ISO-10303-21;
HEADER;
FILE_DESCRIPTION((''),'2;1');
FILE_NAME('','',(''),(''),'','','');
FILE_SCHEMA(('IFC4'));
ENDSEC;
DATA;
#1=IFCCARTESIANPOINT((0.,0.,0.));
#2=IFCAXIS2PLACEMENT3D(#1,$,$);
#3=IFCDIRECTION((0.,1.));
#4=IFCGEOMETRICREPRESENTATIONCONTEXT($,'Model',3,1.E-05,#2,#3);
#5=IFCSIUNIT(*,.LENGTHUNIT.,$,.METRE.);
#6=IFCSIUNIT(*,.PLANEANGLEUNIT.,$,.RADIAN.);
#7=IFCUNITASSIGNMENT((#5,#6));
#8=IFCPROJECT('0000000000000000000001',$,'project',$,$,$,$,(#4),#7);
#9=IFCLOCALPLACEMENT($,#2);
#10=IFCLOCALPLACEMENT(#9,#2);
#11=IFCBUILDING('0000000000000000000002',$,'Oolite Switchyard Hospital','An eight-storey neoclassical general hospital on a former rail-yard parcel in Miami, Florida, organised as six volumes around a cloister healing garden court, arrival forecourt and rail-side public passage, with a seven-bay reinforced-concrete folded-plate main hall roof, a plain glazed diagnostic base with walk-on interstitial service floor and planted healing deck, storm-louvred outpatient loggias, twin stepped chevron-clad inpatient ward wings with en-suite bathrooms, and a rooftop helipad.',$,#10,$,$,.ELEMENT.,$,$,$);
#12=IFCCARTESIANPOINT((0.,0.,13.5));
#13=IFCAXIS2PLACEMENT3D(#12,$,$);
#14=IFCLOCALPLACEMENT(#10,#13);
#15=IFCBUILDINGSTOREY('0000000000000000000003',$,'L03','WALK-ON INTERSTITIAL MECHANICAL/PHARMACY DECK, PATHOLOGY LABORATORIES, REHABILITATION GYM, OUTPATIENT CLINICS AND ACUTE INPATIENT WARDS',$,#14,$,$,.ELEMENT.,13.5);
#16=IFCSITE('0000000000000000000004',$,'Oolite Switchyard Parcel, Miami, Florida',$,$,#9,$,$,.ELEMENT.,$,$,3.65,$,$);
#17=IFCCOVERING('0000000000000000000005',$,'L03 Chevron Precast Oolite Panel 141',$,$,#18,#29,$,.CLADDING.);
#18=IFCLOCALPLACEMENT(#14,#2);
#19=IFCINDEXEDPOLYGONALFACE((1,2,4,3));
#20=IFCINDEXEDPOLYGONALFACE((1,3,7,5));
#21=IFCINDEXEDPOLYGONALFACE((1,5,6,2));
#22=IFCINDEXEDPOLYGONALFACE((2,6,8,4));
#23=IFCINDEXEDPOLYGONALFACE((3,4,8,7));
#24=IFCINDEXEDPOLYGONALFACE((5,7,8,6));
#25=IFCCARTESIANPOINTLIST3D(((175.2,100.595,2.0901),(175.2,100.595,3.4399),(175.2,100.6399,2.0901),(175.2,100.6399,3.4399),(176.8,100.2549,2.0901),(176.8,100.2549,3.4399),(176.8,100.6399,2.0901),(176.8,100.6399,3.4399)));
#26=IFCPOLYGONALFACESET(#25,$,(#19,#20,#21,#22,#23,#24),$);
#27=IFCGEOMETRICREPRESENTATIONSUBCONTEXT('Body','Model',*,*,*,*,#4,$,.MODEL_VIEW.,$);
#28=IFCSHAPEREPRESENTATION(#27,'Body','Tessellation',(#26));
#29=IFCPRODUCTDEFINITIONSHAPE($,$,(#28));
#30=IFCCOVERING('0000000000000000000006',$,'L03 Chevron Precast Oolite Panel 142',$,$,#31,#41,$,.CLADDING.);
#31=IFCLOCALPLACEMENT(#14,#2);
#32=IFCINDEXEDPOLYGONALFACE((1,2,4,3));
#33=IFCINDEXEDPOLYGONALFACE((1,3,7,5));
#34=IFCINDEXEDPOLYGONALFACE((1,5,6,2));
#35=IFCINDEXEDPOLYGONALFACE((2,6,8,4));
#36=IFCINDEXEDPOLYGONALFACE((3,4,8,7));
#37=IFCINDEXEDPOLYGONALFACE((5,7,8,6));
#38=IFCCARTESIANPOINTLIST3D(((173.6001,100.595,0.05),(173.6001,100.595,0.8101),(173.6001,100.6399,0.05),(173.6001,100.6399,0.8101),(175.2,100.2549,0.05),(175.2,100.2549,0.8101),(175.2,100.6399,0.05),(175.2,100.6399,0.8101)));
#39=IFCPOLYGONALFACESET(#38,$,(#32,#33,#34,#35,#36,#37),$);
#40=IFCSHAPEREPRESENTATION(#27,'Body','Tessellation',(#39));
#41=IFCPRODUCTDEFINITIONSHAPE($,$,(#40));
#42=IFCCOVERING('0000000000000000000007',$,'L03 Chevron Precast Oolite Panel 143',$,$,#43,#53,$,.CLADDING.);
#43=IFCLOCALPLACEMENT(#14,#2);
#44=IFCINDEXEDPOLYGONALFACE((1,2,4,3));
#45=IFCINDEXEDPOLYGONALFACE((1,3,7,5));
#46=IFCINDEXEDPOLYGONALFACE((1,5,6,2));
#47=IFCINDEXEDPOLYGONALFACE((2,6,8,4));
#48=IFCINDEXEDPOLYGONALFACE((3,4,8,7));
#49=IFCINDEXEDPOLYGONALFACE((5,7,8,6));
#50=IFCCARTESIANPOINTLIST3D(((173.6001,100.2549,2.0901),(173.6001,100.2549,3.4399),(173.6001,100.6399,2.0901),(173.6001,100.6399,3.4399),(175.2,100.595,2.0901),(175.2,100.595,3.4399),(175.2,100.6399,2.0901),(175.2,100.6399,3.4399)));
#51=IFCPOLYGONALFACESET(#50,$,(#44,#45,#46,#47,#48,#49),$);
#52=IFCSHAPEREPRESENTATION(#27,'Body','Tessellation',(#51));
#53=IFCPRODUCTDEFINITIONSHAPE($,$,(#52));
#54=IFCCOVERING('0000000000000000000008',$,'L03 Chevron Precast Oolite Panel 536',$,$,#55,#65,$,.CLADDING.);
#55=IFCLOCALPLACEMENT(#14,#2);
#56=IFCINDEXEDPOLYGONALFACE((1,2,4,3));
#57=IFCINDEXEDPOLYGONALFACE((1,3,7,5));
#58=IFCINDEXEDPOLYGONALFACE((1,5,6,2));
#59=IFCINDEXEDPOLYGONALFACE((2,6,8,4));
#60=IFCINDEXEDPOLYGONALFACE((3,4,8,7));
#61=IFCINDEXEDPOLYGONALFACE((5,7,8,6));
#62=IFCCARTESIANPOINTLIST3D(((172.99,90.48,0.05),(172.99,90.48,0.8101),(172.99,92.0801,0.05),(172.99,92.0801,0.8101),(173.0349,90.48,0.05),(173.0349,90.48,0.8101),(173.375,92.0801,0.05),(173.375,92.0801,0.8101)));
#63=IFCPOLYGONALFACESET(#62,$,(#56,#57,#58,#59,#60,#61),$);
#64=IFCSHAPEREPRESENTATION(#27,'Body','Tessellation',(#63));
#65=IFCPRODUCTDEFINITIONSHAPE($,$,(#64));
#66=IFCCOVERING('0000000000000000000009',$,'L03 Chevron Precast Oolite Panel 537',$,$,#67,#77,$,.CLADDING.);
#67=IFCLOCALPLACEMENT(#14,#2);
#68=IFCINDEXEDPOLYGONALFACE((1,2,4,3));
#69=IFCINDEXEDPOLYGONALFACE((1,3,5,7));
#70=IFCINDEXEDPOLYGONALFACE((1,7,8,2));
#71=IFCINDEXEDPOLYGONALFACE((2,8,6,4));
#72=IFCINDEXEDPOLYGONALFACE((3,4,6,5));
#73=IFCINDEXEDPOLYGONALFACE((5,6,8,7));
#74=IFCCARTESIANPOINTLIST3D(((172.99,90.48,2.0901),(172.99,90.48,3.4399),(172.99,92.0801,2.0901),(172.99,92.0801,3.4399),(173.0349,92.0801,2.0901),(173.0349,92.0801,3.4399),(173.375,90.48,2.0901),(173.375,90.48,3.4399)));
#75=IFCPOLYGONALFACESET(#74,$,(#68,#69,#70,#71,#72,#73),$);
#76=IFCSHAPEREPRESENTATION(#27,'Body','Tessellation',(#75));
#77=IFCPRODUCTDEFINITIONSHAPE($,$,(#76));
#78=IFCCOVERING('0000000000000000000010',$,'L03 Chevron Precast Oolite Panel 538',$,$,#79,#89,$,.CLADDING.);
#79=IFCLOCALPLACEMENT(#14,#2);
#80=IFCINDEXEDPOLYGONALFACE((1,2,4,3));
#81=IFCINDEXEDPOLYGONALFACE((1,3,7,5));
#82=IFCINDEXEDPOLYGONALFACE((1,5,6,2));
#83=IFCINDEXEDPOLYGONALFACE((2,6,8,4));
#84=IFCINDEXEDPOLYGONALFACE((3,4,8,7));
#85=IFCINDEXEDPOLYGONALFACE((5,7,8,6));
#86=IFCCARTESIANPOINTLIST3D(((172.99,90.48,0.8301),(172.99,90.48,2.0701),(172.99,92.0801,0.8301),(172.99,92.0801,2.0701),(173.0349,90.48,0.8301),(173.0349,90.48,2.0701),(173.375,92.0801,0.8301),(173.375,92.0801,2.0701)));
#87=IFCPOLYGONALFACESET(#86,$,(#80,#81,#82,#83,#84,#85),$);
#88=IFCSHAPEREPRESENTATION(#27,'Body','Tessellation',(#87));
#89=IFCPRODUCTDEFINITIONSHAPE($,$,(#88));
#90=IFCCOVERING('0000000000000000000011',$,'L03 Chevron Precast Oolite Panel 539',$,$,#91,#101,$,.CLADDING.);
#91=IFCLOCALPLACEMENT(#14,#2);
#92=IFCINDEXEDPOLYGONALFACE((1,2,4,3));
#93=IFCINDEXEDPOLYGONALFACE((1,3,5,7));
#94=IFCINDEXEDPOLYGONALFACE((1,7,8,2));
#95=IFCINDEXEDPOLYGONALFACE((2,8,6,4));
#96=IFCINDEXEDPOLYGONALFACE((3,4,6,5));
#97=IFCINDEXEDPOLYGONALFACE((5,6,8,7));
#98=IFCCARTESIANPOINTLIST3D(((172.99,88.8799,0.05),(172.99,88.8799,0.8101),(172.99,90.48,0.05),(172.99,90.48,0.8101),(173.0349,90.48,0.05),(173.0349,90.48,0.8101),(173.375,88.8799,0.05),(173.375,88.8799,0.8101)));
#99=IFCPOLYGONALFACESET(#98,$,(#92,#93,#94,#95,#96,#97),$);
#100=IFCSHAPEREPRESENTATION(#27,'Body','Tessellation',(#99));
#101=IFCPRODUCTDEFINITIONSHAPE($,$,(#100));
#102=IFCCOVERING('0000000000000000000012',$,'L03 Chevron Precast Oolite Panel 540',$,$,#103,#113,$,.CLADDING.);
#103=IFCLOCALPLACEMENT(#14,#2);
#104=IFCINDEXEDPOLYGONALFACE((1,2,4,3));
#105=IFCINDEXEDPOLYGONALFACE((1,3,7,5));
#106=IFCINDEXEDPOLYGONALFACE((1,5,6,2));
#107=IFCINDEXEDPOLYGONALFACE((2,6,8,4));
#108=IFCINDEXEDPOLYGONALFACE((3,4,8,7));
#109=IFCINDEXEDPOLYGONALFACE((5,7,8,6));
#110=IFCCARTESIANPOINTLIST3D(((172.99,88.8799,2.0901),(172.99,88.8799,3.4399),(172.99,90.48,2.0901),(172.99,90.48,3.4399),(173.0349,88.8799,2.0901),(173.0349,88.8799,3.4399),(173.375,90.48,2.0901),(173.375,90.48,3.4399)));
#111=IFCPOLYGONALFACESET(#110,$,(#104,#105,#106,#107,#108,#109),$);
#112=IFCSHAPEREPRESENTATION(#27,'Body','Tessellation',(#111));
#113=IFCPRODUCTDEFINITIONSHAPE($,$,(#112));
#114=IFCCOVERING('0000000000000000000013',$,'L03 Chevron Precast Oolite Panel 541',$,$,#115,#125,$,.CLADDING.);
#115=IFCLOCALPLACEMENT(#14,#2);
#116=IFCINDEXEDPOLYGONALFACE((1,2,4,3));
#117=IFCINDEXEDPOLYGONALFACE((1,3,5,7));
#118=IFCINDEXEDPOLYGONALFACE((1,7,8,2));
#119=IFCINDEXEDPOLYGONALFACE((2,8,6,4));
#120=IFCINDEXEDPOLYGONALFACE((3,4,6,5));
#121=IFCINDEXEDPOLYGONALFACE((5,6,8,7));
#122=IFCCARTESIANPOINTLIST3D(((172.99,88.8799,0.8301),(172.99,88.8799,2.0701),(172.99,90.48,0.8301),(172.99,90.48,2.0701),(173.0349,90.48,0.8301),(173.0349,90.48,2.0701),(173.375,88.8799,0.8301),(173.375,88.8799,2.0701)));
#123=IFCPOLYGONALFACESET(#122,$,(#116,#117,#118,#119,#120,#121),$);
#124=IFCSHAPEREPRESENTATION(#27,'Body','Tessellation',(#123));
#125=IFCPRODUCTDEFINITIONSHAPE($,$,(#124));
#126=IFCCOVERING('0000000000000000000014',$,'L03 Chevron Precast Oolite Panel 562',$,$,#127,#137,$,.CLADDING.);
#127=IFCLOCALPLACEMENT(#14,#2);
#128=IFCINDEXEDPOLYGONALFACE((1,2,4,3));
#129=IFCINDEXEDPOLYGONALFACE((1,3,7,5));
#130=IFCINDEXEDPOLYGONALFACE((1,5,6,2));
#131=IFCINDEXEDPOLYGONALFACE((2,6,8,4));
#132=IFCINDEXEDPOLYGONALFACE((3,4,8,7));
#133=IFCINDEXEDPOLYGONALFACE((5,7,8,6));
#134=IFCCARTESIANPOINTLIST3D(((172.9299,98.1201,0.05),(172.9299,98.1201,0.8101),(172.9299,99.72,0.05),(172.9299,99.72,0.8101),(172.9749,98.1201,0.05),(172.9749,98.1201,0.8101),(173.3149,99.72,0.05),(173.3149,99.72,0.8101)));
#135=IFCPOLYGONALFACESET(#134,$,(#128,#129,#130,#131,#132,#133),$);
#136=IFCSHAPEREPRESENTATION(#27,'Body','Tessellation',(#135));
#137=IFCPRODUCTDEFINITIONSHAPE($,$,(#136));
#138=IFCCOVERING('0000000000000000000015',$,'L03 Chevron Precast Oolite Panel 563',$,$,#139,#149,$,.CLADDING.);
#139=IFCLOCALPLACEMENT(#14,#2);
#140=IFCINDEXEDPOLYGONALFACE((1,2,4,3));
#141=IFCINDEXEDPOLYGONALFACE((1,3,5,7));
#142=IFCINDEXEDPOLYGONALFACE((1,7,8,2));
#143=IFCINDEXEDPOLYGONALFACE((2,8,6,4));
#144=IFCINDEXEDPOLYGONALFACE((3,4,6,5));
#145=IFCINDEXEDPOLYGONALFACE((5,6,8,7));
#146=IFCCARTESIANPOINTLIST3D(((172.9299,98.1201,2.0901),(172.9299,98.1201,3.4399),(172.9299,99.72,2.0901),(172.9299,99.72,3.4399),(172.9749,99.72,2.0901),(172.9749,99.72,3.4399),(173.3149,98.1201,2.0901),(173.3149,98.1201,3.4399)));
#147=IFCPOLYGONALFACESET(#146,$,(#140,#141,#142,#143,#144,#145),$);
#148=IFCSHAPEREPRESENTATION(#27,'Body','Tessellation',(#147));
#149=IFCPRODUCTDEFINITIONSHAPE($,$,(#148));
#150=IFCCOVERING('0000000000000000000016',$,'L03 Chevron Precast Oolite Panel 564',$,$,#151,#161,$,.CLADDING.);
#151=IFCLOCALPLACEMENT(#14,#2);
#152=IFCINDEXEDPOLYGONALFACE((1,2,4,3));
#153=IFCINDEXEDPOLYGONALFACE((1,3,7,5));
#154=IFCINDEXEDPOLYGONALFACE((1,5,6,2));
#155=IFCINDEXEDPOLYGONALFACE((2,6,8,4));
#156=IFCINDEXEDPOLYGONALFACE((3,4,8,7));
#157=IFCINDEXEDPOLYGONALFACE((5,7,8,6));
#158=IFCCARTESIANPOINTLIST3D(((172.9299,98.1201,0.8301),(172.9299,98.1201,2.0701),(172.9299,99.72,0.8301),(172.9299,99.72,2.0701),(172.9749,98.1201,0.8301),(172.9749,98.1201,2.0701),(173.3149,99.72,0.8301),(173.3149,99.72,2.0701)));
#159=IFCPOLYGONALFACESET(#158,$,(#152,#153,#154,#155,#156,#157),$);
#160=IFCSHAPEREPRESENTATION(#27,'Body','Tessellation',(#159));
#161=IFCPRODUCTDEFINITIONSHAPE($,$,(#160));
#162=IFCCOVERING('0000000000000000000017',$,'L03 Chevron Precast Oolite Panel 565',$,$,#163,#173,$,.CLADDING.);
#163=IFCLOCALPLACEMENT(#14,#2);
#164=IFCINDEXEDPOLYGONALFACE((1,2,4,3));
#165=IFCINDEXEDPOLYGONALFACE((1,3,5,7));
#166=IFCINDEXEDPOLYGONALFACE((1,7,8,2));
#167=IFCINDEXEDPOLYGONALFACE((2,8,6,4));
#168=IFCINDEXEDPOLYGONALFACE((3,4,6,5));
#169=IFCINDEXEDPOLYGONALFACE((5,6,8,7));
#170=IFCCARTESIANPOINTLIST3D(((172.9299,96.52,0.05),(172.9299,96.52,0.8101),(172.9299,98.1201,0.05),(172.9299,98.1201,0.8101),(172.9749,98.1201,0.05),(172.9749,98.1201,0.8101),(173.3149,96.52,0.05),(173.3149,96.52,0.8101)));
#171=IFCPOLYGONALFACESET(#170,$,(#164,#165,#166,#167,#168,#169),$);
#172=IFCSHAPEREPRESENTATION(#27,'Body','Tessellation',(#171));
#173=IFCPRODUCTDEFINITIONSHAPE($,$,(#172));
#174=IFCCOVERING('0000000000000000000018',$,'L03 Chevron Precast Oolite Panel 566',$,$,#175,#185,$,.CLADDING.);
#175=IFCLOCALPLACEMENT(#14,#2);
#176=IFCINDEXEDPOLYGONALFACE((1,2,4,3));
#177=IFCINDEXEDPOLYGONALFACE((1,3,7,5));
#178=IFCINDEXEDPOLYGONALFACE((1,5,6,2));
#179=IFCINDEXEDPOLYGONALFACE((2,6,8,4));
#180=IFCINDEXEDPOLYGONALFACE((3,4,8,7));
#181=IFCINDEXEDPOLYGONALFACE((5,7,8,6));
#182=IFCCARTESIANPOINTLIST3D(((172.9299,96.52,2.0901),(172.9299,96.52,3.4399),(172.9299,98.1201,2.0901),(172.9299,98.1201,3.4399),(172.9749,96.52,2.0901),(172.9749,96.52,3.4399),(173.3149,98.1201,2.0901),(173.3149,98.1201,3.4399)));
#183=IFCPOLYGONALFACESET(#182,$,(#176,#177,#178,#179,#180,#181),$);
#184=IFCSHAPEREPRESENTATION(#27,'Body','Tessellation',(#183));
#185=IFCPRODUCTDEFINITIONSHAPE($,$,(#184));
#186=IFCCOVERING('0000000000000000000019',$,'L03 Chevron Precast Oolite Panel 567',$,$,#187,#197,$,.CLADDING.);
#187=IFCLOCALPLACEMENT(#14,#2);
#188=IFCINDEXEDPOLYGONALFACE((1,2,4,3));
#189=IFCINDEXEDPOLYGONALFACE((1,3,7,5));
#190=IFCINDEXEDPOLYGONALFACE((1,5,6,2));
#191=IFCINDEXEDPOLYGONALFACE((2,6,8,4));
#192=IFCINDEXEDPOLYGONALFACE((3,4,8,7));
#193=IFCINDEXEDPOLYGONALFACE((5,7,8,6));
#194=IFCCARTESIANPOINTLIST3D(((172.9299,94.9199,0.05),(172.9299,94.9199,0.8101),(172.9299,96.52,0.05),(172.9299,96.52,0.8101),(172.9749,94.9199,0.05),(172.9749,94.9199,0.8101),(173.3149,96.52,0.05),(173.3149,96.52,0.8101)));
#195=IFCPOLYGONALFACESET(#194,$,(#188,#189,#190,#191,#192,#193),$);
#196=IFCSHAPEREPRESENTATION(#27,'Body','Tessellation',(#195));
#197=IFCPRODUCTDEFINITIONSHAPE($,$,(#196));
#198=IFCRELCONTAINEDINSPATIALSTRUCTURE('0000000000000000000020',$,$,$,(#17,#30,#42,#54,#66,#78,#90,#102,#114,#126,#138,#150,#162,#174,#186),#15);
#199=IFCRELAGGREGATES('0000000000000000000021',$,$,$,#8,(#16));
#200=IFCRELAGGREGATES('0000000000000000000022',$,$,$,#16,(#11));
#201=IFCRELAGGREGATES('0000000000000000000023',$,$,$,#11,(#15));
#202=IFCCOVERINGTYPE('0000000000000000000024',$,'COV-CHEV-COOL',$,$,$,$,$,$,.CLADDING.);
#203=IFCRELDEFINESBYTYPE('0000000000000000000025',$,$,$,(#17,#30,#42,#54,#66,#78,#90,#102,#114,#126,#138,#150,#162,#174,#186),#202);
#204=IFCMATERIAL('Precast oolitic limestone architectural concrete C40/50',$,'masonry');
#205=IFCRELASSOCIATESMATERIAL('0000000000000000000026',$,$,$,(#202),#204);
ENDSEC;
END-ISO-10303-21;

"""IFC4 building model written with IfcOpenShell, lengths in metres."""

from ifc_helpers import new_model, si_unit, direction, frame, origin, place, context, subcontext, project, spatial, polyline, outline, extrude, material, type_object, element, save


model = new_model("IFC4")

# Units and contexts
model_context = context("Model", 3, precision=1e-05, world=origin(), true_north=direction((0.0, 1.0)))
body_context = subcontext(model_context, "Body", "Model", "MODEL_VIEW")
ifc_project = project(units=[si_unit("LENGTHUNIT", "METRE"), si_unit("PLANEANGLEUNIT", "RADIAN")], contexts=[model_context])

# Site, building, storey
site_placement = place(None, origin())
site = spatial("IfcSite", under=ifc_project, at=site_placement, Name="Oolite Switchyard Parcel, Miami, Florida", CompositionType="ELEMENT", RefElevation=3.65)
building_placement = place(site_placement, origin())
building = spatial("IfcBuilding", under=site, at=building_placement, Name="Oolite Switchyard Hospital", Description="An eight-storey neoclassical general hospital on a former rail-yard parcel in Miami, Florida, organised as six volumes around a cloister healing garden court, arrival forecourt and rail-side public passage, with a seven-bay reinforced-concrete folded-plate main hall roof, a plain glazed diagnostic base with walk-on interstitial service floor and planted healing deck, storm-louvred outpatient loggias, twin stepped chevron-clad inpatient ward wings with en-suite bathrooms, and a rooftop helipad.", CompositionType="ELEMENT")
storey_placement = place(building_placement, frame((0.0, 0.0, 13.5)))
storey = spatial("IfcBuildingStorey", under=building, at=storey_placement, Name="L03", Description="WALK-ON INTERSTITIAL MECHANICAL/PHARMACY DECK, PATHOLOGY LABORATORIES, REHABILITATION GYM, OUTPATIENT CLINICS AND ACUTE INPATIENT WARDS", CompositionType="ELEMENT", Elevation=13.5)

# Shared definitions
ifc_material_1 = material(Name="Precast oolitic limestone architectural concrete C40/50", Category="masonry")

# Coverings
covering_type = type_object("IfcCoveringType", Name="COV-CHEV-COOL", PredefinedType="CLADDING", material=ifc_material_1)
covering_1_placement = place(storey_placement, frame((176.8, 100.6399, 2.0901), z_axis=(0.0, 0.0, 1.0), x_axis=(-1.0, 0.0, 0.0)))
element("IfcCovering", 1, at=covering_1_placement, inside=storey, type_object=covering_type, Name="L03 Chevron Precast Oolite Panel 141", PredefinedType="CLADDING", context=body_context, shape_type="SweptSolid", body=[
    extrude(outline(polyline([(0.0, 0.0), (1.6001, 0.0), (1.6001, 0.0449), (0.0, 0.385), (0.0, 0.0)])), origin(), (0.0, 0.0, 1.0), 1.3499),
])
covering_2_placement = place(storey_placement, frame((175.2, 100.6399, 0.05), z_axis=(0.0, 0.0, 1.0), x_axis=(-1.0, 0.0, 0.0)))
element("IfcCovering", 2, at=covering_2_placement, inside=storey, type_object=covering_type, Name="L03 Chevron Precast Oolite Panel 142", PredefinedType="CLADDING", context=body_context, shape_type="SweptSolid", body=[
    extrude(outline(polyline([(0.0, 0.0), (1.5999, 0.0), (1.5999, 0.0449), (0.0, 0.385), (0.0, 0.0)])), origin(), (0.0, 0.0, 1.0), 0.76),
])
covering_3_placement = place(storey_placement, frame((175.2, 100.6399, 2.0901), z_axis=(0.0, 0.0, 1.0), x_axis=(-1.0, 0.0, 0.0)))
element("IfcCovering", 3, at=covering_3_placement, inside=storey, type_object=covering_type, Name="L03 Chevron Precast Oolite Panel 143", PredefinedType="CLADDING", context=body_context, shape_type="SweptSolid", body=[
    extrude(outline(polyline([(0.0, 0.0), (1.5999, 0.0), (1.5999, 0.385), (0.0, 0.0449), (0.0, 0.0)])), origin(), (0.0, 0.0, 1.0), 1.3499),
])
covering_4_placement = place(storey_placement, frame((172.99, 92.0801, 0.05), z_axis=(0.0, 0.0, 1.0), x_axis=(0.0, -1.0, 0.0)))
element("IfcCovering", 4, at=covering_4_placement, inside=storey, type_object=covering_type, Name="L03 Chevron Precast Oolite Panel 536", PredefinedType="CLADDING", context=body_context, shape_type="SweptSolid", body=[
    extrude(outline(polyline([(0.0, 0.0), (1.6001, 0.0), (1.6001, 0.0449), (0.0, 0.385), (0.0, 0.0)])), origin(), (0.0, 0.0, 1.0), 0.76),
])
covering_5_placement = place(storey_placement, frame((172.99, 92.0801, 2.0901), z_axis=(0.0, 0.0, 1.0), x_axis=(0.0, -1.0, 0.0)))
element("IfcCovering", 5, at=covering_5_placement, inside=storey, type_object=covering_type, Name="L03 Chevron Precast Oolite Panel 537", PredefinedType="CLADDING", context=body_context, shape_type="SweptSolid", body=[
    extrude(outline(polyline([(0.0, 0.0), (1.6001, 0.0), (1.6001, 0.385), (0.0, 0.0449), (0.0, 0.0)])), origin(), (0.0, 0.0, 1.0), 1.3499),
])
covering_6_placement = place(storey_placement, frame((172.99, 92.0801, 0.8301), z_axis=(0.0, 0.0, 1.0), x_axis=(0.0, -1.0, 0.0)))
element("IfcCovering", 6, at=covering_6_placement, inside=storey, type_object=covering_type, Name="L03 Chevron Precast Oolite Panel 538", PredefinedType="CLADDING", context=body_context, shape_type="SweptSolid", body=[
    extrude(outline(polyline([(0.0, 0.0), (1.6001, 0.0), (1.6001, 0.0449), (0.0, 0.385), (0.0, 0.0)])), origin(), (0.0, 0.0, 1.0), 1.24),
])
covering_7_placement = place(storey_placement, frame((172.99, 90.48, 0.05), z_axis=(0.0, 0.0, 1.0), x_axis=(0.0, -1.0, 0.0)))
element("IfcCovering", 7, at=covering_7_placement, inside=storey, type_object=covering_type, Name="L03 Chevron Precast Oolite Panel 539", PredefinedType="CLADDING", context=body_context, shape_type="SweptSolid", body=[
    extrude(outline(polyline([(0.0, 0.0), (1.6001, 0.0), (1.6001, 0.385), (0.0, 0.0449), (0.0, 0.0)])), origin(), (0.0, 0.0, 1.0), 0.76),
])
covering_8_placement = place(storey_placement, frame((172.99, 90.48, 2.0901), z_axis=(0.0, 0.0, 1.0), x_axis=(0.0, -1.0, 0.0)))
element("IfcCovering", 8, at=covering_8_placement, inside=storey, type_object=covering_type, Name="L03 Chevron Precast Oolite Panel 540", PredefinedType="CLADDING", context=body_context, shape_type="SweptSolid", body=[
    extrude(outline(polyline([(0.0, 0.0), (1.6001, 0.0), (1.6001, 0.0449), (0.0, 0.385), (0.0, 0.0)])), origin(), (0.0, 0.0, 1.0), 1.3499),
])
covering_9_placement = place(storey_placement, frame((172.99, 90.48, 0.8301), z_axis=(0.0, 0.0, 1.0), x_axis=(0.0, -1.0, 0.0)))
element("IfcCovering", 9, at=covering_9_placement, inside=storey, type_object=covering_type, Name="L03 Chevron Precast Oolite Panel 541", PredefinedType="CLADDING", context=body_context, shape_type="SweptSolid", body=[
    extrude(outline(polyline([(0.0, 0.0), (1.6001, 0.0), (1.6001, 0.385), (0.0, 0.0449), (0.0, 0.0)])), origin(), (0.0, 0.0, 1.0), 1.24),
])
covering_10_placement = place(storey_placement, frame((172.9299, 99.72, 0.05), z_axis=(0.0, 0.0, 1.0), x_axis=(0.0, -1.0, 0.0)))
element("IfcCovering", 10, at=covering_10_placement, inside=storey, type_object=covering_type, Name="L03 Chevron Precast Oolite Panel 562", PredefinedType="CLADDING", context=body_context, shape_type="SweptSolid", body=[
    extrude(outline(polyline([(0.0, 0.0), (1.5999, 0.0), (1.5999, 0.0449), (0.0, 0.385), (0.0, 0.0)])), origin(), (0.0, 0.0, 1.0), 0.76),
])
covering_11_placement = place(storey_placement, frame((172.9299, 99.72, 2.0901), z_axis=(0.0, 0.0, 1.0), x_axis=(0.0, -1.0, 0.0)))
element("IfcCovering", 11, at=covering_11_placement, inside=storey, type_object=covering_type, Name="L03 Chevron Precast Oolite Panel 563", PredefinedType="CLADDING", context=body_context, shape_type="SweptSolid", body=[
    extrude(outline(polyline([(0.0, 0.0), (1.5999, 0.0), (1.5999, 0.385), (0.0, 0.0449), (0.0, 0.0)])), origin(), (0.0, 0.0, 1.0), 1.3499),
])
covering_12_placement = place(storey_placement, frame((172.9299, 99.72, 0.8301), z_axis=(0.0, 0.0, 1.0), x_axis=(0.0, -1.0, 0.0)))
element("IfcCovering", 12, at=covering_12_placement, inside=storey, type_object=covering_type, Name="L03 Chevron Precast Oolite Panel 564", PredefinedType="CLADDING", context=body_context, shape_type="SweptSolid", body=[
    extrude(outline(polyline([(0.0, 0.0), (1.5999, 0.0), (1.5999, 0.0449), (0.0, 0.385), (0.0, 0.0)])), origin(), (0.0, 0.0, 1.0), 1.24),
])
covering_13_placement = place(storey_placement, frame((172.9299, 98.1201, 0.05), z_axis=(0.0, 0.0, 1.0), x_axis=(0.0, -1.0, 0.0)))
element("IfcCovering", 13, at=covering_13_placement, inside=storey, type_object=covering_type, Name="L03 Chevron Precast Oolite Panel 565", PredefinedType="CLADDING", context=body_context, shape_type="SweptSolid", body=[
    extrude(outline(polyline([(0.0, 0.0), (1.6001, 0.0), (1.6001, 0.385), (0.0, 0.0449), (0.0, 0.0)])), origin(), (0.0, 0.0, 1.0), 0.76),
])
covering_14_placement = place(storey_placement, frame((172.9299, 98.1201, 2.0901), z_axis=(0.0, 0.0, 1.0), x_axis=(0.0, -1.0, 0.0)))
element("IfcCovering", 14, at=covering_14_placement, inside=storey, type_object=covering_type, Name="L03 Chevron Precast Oolite Panel 566", PredefinedType="CLADDING", context=body_context, shape_type="SweptSolid", body=[
    extrude(outline(polyline([(0.0, 0.0), (1.6001, 0.0), (1.6001, 0.0449), (0.0, 0.385), (0.0, 0.0)])), origin(), (0.0, 0.0, 1.0), 1.3499),
])
covering_15_placement = place(storey_placement, frame((172.9299, 96.52, 0.05), z_axis=(0.0, 0.0, 1.0), x_axis=(0.0, -1.0, 0.0)))
element("IfcCovering", 15, at=covering_15_placement, inside=storey, type_object=covering_type, Name="L03 Chevron Precast Oolite Panel 567", PredefinedType="CLADDING", context=body_context, shape_type="SweptSolid", body=[
    extrude(outline(polyline([(0.0, 0.0), (1.6001, 0.0), (1.6001, 0.0449), (0.0, 0.385), (0.0, 0.0)])), origin(), (0.0, 0.0, 1.0), 0.76),
])

save(model, "model.ifc")
